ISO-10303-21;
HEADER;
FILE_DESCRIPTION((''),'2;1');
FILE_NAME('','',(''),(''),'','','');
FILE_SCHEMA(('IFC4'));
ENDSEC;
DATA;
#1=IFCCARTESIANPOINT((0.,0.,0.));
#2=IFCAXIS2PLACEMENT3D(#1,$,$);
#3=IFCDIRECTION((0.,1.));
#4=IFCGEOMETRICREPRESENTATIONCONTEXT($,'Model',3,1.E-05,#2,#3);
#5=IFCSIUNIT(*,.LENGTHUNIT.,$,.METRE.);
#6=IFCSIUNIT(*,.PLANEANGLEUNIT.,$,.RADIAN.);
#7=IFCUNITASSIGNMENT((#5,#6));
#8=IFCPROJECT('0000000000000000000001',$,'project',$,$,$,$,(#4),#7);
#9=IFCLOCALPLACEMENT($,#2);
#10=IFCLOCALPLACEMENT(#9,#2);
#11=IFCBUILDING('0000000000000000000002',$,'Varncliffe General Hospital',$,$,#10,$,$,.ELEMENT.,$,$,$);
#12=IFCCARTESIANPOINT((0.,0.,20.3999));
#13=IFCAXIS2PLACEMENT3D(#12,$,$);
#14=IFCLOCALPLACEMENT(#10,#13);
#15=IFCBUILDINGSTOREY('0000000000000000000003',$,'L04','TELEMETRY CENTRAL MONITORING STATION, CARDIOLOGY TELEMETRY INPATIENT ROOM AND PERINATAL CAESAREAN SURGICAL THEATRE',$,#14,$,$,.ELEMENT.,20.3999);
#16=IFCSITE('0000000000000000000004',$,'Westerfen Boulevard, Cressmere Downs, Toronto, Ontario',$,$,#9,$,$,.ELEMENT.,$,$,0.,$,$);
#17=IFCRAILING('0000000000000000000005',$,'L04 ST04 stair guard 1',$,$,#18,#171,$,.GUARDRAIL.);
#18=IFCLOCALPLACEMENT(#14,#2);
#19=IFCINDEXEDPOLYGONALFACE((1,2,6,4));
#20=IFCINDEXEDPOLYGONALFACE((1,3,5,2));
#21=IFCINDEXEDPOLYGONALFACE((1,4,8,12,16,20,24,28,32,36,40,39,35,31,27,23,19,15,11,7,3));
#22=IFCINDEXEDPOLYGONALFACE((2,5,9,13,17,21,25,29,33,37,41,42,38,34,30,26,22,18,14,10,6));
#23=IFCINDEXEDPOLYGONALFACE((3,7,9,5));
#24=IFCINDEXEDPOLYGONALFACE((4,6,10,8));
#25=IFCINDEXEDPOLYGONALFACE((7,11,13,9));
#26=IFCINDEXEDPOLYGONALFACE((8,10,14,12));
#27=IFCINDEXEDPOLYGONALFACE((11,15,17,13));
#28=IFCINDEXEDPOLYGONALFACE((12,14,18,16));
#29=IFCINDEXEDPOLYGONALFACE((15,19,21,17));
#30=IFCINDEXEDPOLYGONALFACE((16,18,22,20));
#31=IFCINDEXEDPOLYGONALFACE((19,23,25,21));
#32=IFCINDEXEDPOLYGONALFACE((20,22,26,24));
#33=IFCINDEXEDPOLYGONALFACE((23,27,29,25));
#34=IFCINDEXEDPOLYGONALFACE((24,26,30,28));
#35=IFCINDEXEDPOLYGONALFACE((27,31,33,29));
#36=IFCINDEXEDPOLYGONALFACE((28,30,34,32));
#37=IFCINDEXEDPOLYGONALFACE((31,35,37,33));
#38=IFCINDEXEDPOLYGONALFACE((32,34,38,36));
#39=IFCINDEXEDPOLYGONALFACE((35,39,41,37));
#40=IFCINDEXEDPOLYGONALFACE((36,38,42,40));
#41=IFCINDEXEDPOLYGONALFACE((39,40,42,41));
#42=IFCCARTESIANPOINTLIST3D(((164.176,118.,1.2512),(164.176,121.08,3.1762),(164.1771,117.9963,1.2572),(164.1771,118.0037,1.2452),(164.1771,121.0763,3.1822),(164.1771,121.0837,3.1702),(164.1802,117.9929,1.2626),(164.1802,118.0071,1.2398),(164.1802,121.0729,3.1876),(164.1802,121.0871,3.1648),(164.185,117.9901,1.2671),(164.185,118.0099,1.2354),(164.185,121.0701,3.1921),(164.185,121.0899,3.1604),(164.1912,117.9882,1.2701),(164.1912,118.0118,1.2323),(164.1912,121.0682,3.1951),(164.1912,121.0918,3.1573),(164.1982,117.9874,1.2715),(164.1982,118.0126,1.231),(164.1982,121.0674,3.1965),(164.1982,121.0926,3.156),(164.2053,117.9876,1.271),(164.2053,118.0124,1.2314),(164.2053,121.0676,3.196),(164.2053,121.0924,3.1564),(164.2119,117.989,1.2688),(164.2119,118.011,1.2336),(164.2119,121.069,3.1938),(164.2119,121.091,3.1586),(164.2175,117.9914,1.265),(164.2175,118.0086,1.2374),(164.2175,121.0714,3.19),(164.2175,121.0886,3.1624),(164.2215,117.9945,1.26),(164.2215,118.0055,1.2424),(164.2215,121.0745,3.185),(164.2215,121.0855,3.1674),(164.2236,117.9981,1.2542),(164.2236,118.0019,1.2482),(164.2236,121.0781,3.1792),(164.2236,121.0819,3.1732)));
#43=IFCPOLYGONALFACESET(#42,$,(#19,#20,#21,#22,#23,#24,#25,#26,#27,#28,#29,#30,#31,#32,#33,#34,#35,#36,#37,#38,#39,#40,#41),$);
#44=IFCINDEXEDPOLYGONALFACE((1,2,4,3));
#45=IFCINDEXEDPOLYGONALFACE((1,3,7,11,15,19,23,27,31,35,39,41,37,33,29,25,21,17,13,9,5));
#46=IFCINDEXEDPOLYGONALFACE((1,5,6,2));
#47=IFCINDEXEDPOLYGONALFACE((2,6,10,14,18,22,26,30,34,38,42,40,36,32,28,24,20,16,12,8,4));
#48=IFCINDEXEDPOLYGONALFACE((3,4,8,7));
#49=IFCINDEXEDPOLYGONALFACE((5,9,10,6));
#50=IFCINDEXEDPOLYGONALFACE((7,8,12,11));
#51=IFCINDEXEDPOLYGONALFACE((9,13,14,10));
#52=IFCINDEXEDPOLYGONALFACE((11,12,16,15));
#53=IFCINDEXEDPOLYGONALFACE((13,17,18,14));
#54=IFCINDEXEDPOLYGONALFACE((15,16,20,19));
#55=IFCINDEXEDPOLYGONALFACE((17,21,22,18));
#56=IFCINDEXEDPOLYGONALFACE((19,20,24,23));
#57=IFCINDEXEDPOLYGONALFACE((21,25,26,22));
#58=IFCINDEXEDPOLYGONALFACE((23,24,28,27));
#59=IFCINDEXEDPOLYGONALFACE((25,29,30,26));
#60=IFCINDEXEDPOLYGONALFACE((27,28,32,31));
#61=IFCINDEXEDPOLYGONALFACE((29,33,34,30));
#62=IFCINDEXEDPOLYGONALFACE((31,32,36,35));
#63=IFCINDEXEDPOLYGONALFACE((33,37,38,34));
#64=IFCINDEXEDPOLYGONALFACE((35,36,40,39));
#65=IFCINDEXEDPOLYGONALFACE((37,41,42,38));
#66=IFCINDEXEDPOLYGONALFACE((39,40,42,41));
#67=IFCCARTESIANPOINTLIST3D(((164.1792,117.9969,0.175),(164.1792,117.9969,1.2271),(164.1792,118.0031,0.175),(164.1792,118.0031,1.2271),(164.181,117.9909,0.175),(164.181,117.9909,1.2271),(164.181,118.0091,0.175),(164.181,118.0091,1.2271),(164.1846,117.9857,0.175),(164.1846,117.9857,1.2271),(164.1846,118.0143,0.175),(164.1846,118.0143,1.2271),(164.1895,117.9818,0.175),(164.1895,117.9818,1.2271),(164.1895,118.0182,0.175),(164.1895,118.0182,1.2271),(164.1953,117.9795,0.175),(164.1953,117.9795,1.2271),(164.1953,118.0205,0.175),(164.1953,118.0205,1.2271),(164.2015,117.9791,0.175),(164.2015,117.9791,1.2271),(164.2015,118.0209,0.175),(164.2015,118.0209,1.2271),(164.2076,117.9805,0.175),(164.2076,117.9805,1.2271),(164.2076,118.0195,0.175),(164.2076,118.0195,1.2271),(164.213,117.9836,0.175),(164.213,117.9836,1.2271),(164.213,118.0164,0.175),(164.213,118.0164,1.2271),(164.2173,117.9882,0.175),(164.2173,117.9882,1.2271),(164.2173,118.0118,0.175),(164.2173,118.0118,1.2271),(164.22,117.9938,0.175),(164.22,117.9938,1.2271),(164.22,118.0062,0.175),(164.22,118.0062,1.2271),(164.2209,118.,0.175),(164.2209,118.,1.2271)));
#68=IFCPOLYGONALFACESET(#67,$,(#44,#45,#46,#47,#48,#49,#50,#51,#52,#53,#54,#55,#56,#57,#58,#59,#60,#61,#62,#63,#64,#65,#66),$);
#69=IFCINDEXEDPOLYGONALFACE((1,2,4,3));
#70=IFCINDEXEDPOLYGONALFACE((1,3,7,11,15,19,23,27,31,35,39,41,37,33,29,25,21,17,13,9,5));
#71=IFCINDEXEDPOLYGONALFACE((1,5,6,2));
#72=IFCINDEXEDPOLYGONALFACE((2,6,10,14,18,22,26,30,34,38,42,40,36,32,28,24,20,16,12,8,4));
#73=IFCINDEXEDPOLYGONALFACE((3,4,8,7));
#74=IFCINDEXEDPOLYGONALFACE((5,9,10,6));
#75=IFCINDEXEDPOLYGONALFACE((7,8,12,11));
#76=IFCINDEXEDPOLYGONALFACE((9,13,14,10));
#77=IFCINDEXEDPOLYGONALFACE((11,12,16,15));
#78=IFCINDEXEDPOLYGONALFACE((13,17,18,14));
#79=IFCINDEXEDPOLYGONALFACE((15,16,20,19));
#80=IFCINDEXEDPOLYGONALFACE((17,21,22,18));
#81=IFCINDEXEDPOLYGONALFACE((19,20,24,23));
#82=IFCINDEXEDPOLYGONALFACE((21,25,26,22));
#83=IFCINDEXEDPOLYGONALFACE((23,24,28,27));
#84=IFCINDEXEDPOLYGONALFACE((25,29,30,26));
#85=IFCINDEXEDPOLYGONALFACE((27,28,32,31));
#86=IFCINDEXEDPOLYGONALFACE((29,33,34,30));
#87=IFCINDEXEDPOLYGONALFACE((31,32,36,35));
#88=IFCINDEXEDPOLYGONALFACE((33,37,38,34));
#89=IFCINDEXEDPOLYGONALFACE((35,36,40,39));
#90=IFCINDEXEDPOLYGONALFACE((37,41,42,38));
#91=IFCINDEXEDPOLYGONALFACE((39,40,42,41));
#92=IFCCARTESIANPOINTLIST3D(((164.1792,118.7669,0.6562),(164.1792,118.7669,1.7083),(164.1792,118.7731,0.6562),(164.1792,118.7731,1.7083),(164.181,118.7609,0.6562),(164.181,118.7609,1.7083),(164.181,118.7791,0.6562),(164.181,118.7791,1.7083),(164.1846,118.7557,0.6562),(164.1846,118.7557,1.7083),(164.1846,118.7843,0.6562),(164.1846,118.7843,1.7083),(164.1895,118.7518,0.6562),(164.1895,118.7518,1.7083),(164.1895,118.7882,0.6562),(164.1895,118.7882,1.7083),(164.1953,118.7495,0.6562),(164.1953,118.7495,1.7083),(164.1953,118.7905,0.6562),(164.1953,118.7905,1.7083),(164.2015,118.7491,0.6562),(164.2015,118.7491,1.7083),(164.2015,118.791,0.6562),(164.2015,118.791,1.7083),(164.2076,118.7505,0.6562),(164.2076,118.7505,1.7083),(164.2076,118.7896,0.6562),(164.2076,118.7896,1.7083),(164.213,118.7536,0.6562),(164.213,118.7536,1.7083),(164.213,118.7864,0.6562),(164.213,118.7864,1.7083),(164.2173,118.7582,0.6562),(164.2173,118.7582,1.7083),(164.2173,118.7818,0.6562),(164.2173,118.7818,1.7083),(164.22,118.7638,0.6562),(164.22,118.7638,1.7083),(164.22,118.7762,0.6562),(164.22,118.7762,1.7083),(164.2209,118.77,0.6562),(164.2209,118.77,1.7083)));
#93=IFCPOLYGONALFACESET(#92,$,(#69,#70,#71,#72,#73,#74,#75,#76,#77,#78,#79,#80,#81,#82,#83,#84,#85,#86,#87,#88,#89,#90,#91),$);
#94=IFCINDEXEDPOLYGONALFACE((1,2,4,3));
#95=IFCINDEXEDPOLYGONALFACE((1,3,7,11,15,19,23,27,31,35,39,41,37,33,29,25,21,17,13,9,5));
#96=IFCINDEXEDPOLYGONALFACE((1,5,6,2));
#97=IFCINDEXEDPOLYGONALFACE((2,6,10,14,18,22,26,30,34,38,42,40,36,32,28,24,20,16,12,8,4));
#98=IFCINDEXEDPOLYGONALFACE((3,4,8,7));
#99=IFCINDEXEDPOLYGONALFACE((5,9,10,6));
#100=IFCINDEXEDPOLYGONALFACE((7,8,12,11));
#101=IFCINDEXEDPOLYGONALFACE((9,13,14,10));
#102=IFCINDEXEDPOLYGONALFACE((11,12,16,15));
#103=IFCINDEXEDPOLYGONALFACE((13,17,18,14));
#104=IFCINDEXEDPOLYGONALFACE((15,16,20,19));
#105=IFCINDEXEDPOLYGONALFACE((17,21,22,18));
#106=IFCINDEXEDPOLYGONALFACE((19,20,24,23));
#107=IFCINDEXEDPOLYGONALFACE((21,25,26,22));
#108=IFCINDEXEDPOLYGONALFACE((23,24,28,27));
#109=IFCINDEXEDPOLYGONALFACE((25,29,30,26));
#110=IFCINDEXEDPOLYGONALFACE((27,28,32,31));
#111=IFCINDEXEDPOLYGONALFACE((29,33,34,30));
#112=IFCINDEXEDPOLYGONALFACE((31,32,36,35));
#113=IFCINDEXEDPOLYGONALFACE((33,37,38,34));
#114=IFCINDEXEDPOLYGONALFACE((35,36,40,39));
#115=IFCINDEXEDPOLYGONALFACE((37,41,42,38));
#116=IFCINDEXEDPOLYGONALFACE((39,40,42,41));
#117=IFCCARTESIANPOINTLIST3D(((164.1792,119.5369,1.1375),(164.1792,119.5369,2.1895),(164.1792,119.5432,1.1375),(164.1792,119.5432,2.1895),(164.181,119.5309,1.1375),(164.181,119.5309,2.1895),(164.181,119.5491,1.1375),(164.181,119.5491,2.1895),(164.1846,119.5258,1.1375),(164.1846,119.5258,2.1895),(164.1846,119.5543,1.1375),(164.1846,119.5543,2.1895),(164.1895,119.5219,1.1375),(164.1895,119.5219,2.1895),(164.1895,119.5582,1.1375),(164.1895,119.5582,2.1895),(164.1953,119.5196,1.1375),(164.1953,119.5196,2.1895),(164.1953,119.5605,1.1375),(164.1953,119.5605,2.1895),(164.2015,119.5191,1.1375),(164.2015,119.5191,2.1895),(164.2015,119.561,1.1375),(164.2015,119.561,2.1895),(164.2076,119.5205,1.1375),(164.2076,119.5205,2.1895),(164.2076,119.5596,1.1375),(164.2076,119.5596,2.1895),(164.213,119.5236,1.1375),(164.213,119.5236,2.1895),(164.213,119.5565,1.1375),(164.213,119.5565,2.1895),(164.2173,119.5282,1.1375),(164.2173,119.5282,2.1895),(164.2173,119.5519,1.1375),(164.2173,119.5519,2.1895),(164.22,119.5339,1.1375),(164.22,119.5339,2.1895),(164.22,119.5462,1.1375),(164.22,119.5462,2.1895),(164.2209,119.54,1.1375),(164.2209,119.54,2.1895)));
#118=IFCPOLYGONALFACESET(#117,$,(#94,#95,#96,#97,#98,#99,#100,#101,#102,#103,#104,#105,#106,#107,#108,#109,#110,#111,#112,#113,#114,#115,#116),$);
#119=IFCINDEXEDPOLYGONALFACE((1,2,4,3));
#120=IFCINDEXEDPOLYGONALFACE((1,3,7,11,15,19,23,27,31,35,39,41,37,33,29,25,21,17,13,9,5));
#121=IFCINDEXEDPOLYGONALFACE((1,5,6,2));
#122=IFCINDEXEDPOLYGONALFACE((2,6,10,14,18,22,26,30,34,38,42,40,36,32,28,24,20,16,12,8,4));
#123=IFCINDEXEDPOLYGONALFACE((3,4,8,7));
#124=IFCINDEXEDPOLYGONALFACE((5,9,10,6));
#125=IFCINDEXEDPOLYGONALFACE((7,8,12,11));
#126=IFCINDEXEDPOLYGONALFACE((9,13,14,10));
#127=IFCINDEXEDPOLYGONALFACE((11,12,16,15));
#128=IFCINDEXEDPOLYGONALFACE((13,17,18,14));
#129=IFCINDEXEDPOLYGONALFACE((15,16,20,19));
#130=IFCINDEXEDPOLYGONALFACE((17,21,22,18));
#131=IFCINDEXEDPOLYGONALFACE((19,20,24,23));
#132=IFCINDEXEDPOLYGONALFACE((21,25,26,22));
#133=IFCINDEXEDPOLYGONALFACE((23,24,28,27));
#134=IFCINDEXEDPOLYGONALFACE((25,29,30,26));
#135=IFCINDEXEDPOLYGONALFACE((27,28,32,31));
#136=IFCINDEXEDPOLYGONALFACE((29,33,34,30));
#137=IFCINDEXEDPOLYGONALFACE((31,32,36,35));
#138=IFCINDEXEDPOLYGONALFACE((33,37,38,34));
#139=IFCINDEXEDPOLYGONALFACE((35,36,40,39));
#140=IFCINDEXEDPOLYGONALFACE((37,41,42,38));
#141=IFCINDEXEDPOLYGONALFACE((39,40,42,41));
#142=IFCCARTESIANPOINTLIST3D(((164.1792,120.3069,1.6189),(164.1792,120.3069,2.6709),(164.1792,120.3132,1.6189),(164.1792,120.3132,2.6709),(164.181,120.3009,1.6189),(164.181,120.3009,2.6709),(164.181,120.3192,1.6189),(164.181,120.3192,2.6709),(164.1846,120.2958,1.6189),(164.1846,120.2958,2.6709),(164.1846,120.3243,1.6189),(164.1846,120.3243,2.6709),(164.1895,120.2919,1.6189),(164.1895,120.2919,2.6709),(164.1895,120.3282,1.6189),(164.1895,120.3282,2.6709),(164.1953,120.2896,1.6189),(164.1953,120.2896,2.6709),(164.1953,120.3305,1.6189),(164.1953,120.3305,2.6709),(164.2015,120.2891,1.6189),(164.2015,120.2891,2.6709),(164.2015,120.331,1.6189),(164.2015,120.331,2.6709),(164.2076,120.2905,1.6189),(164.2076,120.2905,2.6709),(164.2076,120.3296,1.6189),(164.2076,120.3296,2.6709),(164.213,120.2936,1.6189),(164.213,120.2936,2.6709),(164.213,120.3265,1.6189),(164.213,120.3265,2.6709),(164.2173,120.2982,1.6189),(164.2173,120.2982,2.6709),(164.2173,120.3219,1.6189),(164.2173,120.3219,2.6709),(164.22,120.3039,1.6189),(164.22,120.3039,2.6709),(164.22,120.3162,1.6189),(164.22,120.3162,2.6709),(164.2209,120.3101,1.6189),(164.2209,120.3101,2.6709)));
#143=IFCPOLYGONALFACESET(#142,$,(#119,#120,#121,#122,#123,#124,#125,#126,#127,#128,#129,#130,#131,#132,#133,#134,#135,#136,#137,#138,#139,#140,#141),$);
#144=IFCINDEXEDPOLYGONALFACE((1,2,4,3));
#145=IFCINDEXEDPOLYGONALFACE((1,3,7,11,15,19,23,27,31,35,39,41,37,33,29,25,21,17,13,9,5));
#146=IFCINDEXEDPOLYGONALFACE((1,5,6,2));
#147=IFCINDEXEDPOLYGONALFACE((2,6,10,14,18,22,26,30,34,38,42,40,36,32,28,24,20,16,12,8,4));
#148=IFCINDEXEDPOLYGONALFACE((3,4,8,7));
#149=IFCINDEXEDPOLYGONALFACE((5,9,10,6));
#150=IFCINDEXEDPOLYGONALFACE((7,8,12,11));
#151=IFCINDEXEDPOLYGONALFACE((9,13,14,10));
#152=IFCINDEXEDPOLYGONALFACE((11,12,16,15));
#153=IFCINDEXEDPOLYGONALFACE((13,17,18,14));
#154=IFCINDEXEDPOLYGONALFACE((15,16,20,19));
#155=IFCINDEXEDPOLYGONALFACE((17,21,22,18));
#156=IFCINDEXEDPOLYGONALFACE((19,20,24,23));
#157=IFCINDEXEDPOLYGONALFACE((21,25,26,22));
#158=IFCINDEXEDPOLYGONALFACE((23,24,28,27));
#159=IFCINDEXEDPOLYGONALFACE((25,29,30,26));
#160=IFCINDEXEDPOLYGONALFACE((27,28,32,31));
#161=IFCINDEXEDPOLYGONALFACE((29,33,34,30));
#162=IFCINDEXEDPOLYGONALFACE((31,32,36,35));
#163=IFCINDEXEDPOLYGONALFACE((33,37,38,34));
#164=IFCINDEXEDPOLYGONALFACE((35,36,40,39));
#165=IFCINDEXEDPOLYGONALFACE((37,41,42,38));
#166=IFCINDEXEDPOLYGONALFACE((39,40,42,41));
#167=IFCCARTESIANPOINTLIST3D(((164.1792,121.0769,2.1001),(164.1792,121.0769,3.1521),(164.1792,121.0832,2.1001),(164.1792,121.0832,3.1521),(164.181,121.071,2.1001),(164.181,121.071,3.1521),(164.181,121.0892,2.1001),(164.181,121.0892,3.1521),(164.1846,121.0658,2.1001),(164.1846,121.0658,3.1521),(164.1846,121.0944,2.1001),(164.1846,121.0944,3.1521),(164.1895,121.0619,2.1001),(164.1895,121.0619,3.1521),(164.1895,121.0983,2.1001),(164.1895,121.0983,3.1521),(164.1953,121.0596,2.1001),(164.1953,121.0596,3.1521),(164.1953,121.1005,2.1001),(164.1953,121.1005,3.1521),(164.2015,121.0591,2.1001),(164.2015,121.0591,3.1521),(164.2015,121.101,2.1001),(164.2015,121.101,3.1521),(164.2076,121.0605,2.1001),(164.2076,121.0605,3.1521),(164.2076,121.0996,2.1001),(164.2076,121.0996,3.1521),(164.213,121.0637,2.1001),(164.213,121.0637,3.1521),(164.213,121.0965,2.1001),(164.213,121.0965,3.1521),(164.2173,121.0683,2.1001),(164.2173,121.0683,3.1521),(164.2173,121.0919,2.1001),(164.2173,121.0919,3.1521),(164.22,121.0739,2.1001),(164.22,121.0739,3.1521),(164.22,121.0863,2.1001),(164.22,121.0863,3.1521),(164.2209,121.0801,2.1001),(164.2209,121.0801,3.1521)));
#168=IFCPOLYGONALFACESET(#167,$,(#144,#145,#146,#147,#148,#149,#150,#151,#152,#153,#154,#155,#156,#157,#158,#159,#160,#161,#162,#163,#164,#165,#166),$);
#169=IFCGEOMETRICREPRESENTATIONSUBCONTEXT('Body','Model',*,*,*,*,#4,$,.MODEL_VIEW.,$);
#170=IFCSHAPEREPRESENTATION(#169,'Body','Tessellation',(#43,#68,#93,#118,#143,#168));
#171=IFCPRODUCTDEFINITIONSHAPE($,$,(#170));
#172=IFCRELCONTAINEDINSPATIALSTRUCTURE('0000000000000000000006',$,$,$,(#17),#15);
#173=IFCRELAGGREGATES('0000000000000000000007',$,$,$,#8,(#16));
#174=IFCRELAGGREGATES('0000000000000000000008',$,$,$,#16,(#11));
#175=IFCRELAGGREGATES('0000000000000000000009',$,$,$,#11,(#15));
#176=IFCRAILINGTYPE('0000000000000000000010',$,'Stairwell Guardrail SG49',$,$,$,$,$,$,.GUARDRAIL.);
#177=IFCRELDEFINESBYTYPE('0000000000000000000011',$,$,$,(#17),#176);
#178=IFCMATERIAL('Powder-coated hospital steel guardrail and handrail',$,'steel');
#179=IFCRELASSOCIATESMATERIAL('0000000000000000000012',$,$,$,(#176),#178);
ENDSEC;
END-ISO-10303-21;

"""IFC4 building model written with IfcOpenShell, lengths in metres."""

from ifc_helpers import new_model, si_unit, direction, frame, origin, origin_2d, place, context, subcontext, project, spatial, circle, extrude, material, type_object, element, save


model = new_model("IFC4")

# Units and contexts
model_context = context("Model", 3, precision=1e-05, world=origin(), true_north=direction((0.0, 1.0)))
body_context = subcontext(model_context, "Body", "Model", "MODEL_VIEW")
ifc_project = project(units=[si_unit("LENGTHUNIT", "METRE"), si_unit("PLANEANGLEUNIT", "RADIAN")], contexts=[model_context])

# Site, building, storey
site_placement = place(None, origin())
site = spatial("IfcSite", under=ifc_project, at=site_placement, Name="Westerfen Boulevard, Cressmere Downs, Toronto, Ontario", CompositionType="ELEMENT", RefElevation=0.0)
building_placement = place(site_placement, origin())
building = spatial("IfcBuilding", under=site, at=building_placement, Name="Varncliffe General Hospital", CompositionType="ELEMENT")
storey_placement = place(building_placement, frame((0.0, 0.0, 20.3999)))
storey = spatial("IfcBuildingStorey", under=building, at=storey_placement, Name="L04", Description="TELEMETRY CENTRAL MONITORING STATION, CARDIOLOGY TELEMETRY INPATIENT ROOM AND PERINATAL CAESAREAN SURGICAL THEATRE", CompositionType="ELEMENT", Elevation=20.3999)

# Railing
ifc_material_1 = material(Name="Powder-coated hospital steel guardrail and handrail", Category="steel")
railing_type_1 = type_object("IfcRailingType", Name="Stairwell Guardrail SG49", PredefinedType="GUARDRAIL", material=ifc_material_1)
railing_1_placement = place(storey_placement, frame((164.2, 118.0, 0.175)))
element("IfcRailing", 1, at=railing_1_placement, inside=storey, type_object=railing_type_1, Name="L04 ST04 stair guard 1", PredefinedType="GUARDRAIL", context=body_context, shape_type="SweptSolid", body=[
    extrude(circle(Radius=0.0239, at=origin_2d()), frame((0.0, 0.0, 1.0762), z_axis=(0.0, 0.847998, 0.529999), x_axis=(-1.0, 0.0, 0.0)), (0.0, 0.0, 1.0), 3.6321),
    extrude(circle(Radius=0.021, at=origin_2d()), origin(), (0.0, 0.0, 1.0), 1.052),
    extrude(circle(Radius=0.021, at=origin_2d()), frame((0.0, 0.77, 0.4812)), (0.0, 0.0, 1.0), 1.052),
    extrude(circle(Radius=0.021, at=origin_2d()), frame((0.0, 1.54, 0.9624)), (0.0, 0.0, 1.0), 1.052),
    extrude(circle(Radius=0.021, at=origin_2d()), frame((0.0, 2.3101, 1.4438)), (0.0, 0.0, 1.0), 1.052),
    extrude(circle(Radius=0.021, at=origin_2d()), frame((0.0, 3.0801, 1.925)), (0.0, 0.0, 1.0), 1.052),
])

save(model, "model.ifc")
